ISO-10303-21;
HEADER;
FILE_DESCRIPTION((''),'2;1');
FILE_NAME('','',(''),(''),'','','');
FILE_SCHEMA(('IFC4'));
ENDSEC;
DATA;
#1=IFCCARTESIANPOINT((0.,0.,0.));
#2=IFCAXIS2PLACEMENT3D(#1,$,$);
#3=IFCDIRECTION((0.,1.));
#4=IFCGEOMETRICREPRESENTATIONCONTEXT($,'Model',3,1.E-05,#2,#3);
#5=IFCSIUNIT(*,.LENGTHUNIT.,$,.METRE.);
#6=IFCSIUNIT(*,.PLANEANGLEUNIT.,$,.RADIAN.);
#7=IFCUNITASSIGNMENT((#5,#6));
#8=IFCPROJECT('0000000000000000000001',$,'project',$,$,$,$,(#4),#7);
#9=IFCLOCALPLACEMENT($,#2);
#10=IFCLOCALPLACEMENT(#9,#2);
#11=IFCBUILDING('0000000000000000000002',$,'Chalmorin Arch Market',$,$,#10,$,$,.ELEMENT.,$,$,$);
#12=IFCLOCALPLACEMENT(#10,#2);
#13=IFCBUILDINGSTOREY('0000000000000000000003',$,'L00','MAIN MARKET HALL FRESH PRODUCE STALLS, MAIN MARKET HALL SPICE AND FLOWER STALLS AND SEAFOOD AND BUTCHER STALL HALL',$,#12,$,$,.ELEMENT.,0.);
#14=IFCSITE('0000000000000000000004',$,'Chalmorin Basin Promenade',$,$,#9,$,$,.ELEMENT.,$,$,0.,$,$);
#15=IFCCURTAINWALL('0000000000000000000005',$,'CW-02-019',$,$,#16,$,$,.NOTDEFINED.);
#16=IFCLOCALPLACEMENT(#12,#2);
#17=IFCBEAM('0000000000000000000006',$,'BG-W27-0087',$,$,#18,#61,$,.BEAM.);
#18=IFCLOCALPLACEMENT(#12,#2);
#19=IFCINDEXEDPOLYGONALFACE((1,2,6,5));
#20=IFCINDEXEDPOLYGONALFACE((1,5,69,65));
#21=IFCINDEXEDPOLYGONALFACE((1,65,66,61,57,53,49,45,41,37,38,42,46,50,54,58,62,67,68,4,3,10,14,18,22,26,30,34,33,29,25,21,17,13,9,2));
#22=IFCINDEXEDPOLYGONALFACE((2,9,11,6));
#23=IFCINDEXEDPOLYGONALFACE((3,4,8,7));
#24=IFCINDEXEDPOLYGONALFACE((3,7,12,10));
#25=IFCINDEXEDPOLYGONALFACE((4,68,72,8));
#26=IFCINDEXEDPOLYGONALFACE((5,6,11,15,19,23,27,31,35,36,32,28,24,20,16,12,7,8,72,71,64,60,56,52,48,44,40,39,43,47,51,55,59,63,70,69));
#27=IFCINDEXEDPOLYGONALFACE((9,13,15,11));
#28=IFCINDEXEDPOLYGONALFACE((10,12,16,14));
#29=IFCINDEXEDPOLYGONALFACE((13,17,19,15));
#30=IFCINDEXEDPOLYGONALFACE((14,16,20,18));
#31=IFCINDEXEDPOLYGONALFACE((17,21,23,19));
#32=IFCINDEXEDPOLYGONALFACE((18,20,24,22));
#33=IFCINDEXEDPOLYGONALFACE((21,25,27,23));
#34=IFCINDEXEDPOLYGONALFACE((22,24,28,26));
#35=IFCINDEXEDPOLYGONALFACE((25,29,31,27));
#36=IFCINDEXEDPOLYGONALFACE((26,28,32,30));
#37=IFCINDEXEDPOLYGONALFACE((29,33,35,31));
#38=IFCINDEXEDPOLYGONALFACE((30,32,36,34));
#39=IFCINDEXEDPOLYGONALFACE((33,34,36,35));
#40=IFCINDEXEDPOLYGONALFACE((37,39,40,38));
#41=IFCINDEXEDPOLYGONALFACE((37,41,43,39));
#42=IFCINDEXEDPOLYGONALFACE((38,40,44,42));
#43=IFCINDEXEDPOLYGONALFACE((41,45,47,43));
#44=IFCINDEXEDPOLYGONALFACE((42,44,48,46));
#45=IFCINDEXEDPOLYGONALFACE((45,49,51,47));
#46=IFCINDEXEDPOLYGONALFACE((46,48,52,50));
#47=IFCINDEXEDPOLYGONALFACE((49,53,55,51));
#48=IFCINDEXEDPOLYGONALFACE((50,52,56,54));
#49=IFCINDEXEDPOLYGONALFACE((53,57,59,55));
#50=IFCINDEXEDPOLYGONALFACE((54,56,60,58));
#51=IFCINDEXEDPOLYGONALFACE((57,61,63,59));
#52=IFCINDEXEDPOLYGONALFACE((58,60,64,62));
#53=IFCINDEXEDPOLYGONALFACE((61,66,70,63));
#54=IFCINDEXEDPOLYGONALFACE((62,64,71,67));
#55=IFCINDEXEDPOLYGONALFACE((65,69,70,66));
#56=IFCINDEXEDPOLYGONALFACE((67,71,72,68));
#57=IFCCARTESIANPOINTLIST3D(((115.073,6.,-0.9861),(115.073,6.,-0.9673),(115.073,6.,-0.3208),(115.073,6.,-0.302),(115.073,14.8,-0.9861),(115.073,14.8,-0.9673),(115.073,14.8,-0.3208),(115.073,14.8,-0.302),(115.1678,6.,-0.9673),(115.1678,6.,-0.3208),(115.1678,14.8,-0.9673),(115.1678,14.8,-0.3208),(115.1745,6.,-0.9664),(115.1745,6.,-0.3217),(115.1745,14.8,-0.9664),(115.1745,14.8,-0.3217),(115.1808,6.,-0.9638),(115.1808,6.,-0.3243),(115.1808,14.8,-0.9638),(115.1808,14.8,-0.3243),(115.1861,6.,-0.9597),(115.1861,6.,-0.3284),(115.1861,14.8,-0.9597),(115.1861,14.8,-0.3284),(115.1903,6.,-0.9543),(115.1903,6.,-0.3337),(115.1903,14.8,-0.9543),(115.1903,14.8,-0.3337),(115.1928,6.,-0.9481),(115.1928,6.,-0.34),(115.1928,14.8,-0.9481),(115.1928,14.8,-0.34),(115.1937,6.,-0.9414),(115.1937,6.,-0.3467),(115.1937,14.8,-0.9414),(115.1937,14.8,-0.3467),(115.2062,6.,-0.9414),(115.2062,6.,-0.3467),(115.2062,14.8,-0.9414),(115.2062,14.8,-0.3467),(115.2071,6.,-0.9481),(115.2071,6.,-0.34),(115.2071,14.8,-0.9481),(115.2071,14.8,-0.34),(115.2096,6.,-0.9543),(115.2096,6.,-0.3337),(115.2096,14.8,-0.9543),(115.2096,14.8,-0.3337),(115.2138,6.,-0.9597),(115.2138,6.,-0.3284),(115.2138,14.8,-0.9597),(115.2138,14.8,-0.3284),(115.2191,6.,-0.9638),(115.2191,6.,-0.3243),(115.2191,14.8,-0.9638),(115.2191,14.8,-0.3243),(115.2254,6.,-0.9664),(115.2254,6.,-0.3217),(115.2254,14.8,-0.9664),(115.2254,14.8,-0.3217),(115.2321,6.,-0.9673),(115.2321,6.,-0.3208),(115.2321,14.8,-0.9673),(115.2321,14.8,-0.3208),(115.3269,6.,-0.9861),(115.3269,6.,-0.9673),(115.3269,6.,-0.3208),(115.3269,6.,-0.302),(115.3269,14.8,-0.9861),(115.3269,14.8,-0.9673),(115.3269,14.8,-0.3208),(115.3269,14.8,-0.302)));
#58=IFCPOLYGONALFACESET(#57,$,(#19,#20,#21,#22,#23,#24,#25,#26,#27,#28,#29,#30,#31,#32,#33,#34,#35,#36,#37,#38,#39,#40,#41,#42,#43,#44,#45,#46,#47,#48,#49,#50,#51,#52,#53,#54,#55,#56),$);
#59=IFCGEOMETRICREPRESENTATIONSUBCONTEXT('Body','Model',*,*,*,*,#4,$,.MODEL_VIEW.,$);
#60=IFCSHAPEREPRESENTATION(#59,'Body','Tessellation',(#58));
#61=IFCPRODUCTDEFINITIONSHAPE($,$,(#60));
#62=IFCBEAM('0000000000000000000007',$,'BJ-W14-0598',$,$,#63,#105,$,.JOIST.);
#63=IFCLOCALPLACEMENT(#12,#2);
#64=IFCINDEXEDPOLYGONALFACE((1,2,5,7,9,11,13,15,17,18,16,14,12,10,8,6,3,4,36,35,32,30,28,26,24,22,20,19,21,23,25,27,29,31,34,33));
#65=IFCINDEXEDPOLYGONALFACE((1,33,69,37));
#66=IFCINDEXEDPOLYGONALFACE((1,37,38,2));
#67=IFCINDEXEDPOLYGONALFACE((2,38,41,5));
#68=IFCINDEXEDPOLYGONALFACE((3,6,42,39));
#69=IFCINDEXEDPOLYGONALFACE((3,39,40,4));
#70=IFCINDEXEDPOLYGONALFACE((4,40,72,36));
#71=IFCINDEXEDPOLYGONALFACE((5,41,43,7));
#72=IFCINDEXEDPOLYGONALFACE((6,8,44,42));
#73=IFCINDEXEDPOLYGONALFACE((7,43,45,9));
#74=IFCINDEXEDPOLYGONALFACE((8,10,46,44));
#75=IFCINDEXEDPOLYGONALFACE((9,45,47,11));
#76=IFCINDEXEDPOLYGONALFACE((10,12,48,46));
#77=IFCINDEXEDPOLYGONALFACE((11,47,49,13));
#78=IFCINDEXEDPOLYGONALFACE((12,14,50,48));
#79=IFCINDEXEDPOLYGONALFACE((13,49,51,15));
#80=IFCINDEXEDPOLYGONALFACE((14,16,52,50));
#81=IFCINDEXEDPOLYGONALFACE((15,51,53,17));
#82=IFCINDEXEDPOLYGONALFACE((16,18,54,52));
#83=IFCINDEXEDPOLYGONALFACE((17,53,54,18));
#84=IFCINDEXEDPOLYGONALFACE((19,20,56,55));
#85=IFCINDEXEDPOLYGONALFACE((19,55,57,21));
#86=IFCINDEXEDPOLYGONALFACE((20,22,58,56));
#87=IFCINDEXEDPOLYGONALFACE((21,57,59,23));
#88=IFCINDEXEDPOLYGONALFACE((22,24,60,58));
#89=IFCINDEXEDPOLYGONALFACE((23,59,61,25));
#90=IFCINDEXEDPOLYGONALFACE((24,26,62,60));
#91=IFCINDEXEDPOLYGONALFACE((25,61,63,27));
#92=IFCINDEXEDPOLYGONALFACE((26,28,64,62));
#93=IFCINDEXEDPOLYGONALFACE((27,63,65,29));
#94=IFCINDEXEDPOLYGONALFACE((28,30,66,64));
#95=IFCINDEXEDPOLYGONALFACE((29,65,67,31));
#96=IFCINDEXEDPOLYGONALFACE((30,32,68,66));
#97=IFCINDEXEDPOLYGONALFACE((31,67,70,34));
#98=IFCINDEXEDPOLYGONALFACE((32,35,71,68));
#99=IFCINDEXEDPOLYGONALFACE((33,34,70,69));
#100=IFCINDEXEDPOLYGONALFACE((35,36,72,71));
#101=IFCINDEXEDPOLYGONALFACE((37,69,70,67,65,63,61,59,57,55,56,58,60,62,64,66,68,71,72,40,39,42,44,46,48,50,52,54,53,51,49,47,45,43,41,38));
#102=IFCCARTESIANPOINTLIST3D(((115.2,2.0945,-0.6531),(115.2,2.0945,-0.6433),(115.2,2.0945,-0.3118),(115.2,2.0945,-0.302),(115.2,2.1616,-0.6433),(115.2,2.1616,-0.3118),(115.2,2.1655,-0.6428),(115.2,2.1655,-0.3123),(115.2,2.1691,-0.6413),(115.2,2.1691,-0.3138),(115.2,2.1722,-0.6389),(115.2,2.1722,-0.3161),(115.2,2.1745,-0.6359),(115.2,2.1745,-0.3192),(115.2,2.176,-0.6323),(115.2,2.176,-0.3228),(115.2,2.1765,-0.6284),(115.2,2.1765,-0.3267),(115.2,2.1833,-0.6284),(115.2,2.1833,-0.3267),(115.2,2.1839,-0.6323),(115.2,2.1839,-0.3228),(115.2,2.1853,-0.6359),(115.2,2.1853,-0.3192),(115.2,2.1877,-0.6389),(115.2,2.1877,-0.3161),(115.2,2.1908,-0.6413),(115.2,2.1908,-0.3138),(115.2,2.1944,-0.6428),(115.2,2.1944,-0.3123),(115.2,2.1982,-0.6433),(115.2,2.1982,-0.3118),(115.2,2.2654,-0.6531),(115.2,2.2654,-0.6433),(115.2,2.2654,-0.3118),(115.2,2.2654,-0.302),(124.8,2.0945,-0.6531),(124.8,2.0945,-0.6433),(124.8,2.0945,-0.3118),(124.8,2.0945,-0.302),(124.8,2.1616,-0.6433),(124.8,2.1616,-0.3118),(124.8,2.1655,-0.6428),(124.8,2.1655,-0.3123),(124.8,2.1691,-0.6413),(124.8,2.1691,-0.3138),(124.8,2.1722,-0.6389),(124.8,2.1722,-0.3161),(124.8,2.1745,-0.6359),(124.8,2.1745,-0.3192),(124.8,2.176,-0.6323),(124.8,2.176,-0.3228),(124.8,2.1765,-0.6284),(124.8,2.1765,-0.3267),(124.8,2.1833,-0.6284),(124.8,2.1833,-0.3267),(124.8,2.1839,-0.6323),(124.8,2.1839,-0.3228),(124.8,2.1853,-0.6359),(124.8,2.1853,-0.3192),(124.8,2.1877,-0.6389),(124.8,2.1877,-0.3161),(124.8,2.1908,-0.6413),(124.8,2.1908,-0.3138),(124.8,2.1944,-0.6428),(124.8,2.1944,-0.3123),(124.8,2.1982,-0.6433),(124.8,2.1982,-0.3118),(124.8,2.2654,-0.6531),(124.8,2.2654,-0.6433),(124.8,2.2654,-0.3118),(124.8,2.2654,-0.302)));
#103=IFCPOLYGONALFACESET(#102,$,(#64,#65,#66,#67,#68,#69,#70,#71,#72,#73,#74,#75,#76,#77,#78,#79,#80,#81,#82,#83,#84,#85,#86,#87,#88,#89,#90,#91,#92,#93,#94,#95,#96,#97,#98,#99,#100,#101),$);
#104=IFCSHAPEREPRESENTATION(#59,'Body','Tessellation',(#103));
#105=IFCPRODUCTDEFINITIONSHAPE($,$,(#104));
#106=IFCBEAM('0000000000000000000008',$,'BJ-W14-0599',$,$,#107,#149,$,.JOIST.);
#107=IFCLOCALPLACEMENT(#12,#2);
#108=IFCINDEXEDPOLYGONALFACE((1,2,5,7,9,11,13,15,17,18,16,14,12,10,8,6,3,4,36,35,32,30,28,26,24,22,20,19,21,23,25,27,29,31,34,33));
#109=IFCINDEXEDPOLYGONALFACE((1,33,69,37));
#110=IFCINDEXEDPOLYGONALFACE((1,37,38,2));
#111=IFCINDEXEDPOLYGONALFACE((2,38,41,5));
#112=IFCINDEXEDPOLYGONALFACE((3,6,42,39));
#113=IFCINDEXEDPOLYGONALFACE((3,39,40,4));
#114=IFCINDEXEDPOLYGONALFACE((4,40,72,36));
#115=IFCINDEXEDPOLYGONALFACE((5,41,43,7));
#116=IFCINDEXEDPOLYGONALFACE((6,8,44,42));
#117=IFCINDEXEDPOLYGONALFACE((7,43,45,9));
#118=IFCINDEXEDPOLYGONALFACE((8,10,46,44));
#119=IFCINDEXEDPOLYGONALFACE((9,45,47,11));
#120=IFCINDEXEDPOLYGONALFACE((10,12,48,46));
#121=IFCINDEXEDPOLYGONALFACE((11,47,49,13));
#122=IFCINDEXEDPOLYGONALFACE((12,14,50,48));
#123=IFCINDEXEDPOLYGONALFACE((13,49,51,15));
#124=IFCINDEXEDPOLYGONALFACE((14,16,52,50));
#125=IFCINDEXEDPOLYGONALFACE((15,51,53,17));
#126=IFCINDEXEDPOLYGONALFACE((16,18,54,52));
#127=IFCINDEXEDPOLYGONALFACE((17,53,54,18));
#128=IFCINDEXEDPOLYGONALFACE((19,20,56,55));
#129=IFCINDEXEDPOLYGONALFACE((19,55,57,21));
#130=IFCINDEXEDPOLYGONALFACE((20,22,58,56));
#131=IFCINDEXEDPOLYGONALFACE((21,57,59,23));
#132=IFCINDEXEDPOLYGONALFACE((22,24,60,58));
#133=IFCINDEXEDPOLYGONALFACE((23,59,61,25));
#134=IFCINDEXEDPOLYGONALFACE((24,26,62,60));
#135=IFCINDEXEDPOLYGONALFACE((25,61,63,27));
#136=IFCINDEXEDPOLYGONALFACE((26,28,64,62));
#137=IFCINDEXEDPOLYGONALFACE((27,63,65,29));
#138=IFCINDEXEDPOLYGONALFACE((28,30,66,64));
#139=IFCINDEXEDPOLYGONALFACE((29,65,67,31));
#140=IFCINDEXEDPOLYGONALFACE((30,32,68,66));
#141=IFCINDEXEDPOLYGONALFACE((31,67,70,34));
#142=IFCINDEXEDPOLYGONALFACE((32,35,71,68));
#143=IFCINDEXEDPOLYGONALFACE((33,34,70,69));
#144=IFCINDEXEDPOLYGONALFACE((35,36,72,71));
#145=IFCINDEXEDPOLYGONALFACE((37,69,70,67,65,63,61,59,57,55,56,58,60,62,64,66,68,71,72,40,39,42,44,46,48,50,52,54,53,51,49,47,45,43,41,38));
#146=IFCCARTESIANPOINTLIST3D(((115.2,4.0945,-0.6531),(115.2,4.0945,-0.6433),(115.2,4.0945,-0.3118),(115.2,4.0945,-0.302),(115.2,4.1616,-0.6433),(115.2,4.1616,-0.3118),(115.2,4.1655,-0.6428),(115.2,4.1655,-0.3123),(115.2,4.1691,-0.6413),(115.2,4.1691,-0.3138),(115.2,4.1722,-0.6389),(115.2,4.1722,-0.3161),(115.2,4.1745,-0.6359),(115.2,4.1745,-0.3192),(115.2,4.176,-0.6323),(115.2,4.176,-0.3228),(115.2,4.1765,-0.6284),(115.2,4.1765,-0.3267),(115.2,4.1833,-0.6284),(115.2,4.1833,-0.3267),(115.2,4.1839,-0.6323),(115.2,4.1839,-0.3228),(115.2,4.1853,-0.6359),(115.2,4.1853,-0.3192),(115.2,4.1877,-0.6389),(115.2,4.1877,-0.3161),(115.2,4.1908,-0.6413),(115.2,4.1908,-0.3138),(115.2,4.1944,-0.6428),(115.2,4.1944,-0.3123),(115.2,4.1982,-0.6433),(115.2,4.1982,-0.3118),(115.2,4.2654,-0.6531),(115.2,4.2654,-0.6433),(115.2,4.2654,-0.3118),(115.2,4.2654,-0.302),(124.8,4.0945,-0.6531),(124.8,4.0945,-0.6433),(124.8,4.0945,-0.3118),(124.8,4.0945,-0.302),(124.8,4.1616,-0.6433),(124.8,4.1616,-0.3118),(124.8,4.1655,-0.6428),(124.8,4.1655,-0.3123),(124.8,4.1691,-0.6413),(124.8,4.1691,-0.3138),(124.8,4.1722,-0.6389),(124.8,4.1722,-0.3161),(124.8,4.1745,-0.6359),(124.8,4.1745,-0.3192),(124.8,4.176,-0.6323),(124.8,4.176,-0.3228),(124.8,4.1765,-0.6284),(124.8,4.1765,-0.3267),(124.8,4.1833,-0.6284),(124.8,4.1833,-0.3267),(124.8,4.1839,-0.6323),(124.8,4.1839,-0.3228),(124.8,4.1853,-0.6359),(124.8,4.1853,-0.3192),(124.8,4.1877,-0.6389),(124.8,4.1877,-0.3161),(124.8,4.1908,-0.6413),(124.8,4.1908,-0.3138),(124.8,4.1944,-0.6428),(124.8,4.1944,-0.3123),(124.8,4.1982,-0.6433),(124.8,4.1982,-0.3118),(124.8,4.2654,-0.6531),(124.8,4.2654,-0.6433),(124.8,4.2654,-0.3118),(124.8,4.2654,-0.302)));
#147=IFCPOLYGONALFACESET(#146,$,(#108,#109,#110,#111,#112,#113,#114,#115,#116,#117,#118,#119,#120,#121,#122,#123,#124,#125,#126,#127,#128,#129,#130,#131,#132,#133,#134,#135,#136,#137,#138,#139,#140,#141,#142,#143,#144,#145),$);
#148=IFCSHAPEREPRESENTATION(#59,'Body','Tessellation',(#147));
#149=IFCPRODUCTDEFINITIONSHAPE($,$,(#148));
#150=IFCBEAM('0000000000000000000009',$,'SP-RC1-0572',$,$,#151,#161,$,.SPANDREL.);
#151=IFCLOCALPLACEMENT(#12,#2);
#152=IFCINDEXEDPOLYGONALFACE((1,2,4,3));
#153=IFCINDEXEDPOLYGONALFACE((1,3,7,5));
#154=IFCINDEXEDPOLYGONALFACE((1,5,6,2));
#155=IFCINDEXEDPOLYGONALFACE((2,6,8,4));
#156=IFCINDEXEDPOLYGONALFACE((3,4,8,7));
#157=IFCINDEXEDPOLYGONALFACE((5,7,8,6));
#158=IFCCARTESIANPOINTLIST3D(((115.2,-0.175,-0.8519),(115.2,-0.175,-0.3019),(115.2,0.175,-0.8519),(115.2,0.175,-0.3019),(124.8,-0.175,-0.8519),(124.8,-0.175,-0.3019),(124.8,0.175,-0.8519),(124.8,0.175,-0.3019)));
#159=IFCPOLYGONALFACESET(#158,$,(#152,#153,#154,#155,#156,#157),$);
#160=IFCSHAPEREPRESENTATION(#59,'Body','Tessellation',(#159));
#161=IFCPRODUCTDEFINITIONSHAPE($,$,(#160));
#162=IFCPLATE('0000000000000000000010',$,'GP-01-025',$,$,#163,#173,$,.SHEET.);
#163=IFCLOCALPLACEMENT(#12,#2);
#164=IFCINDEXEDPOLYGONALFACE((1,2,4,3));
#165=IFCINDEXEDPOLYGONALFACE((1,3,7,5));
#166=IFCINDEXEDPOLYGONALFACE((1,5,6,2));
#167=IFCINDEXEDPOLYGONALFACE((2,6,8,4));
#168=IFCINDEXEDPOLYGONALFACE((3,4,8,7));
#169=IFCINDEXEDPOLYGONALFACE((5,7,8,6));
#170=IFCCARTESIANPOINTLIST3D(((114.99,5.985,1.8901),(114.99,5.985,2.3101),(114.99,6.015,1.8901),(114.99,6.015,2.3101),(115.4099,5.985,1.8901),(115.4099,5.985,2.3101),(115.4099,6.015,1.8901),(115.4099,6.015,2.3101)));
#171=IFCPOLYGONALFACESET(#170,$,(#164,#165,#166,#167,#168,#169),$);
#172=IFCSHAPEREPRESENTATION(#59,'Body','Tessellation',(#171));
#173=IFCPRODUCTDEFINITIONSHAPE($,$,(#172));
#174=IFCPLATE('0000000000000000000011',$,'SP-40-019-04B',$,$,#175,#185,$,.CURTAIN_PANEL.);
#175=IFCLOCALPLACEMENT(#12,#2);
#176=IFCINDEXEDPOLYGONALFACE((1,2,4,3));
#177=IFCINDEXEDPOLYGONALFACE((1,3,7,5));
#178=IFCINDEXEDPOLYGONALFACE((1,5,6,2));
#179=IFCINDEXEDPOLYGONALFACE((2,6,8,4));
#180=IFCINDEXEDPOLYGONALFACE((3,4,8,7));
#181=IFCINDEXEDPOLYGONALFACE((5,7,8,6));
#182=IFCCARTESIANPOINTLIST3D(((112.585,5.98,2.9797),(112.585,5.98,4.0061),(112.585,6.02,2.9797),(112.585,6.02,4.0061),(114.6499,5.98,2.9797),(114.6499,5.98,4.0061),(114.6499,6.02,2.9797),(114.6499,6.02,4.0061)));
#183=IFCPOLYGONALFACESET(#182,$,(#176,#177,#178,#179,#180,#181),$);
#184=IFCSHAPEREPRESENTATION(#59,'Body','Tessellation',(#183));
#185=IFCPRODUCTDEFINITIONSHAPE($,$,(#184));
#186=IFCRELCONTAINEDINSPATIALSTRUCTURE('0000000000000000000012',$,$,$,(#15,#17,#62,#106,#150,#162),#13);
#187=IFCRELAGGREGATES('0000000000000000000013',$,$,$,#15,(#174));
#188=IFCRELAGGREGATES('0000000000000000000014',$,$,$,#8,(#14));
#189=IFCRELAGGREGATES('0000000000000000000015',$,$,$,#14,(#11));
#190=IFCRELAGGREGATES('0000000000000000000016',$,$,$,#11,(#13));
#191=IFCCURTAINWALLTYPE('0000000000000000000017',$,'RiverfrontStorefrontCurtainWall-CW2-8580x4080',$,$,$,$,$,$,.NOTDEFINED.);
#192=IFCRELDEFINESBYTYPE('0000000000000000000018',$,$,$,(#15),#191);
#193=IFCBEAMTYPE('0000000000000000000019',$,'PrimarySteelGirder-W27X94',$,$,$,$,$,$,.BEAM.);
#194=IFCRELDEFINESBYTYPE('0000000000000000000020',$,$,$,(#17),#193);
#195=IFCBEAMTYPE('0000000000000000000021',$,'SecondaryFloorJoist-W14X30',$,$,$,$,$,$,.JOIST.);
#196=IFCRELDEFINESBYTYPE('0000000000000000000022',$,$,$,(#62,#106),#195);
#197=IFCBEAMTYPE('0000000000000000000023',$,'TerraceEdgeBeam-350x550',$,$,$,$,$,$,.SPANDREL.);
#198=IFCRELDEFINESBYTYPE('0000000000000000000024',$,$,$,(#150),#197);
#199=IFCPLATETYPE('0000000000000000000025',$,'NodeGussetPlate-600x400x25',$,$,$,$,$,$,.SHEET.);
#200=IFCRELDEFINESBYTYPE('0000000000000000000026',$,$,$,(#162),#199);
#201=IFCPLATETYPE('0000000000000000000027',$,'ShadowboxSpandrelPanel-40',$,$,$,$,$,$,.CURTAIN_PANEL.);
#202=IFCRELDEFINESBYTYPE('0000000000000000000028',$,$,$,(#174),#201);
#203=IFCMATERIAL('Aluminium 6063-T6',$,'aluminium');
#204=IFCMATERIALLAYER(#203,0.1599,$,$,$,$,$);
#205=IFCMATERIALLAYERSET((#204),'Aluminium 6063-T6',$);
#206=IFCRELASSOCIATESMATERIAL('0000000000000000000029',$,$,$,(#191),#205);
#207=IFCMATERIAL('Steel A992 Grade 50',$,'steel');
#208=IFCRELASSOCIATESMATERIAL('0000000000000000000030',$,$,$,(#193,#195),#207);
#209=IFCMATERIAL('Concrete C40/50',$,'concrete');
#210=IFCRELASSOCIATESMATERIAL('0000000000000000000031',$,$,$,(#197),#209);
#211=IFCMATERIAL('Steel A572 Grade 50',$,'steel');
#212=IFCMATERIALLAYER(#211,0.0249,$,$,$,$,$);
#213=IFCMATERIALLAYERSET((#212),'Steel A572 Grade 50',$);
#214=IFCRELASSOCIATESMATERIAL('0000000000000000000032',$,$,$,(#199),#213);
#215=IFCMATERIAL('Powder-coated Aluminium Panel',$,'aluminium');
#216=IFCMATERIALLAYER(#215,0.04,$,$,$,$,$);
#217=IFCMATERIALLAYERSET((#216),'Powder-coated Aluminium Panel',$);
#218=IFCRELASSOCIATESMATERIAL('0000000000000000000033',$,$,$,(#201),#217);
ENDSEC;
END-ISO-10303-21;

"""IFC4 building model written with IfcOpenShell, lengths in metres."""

from ifc_helpers import new_model, si_unit, direction, frame, origin, origin_2d, place, context, subcontext, project, spatial, rectangle, i_section, extrude, material, layer, layer_set, material_profile, profile_set, type_object, element, aggregate, save


model = new_model("IFC4")

# Units and contexts
model_context = context("Model", 3, precision=1e-05, world=origin(), true_north=direction((0.0, 1.0)))
body_context = subcontext(model_context, "Body", "Model", "MODEL_VIEW")
ifc_project = project(units=[si_unit("LENGTHUNIT", "METRE"), si_unit("PLANEANGLEUNIT", "RADIAN")], contexts=[model_context])

# Site, building, storey
site_placement = place(None, origin())
site = spatial("IfcSite", under=ifc_project, at=site_placement, Name="Chalmorin Basin Promenade", CompositionType="ELEMENT", RefElevation=0.0)
building_placement = place(site_placement, origin())
building = spatial("IfcBuilding", under=site, at=building_placement, Name="Chalmorin Arch Market", CompositionType="ELEMENT")
storey_placement = place(building_placement, origin())
storey = spatial("IfcBuildingStorey", under=building, at=storey_placement, Name="L00", Description="MAIN MARKET HALL FRESH PRODUCE STALLS, MAIN MARKET HALL SPICE AND FLOWER STALLS AND SEAFOOD AND BUTCHER STALL HALL", CompositionType="ELEMENT", Elevation=0.0)

# Shared definitions
ifc_material_1 = material(Name="Concrete C40/50", Category="concrete")

# Curtain wall
ifc_material_2 = material(Name="Aluminium 6063-T6", Category="aluminium")
ifc_layer_1 = layer(ifc_material_2, 0.1599)
ifc_layer_set_1 = layer_set([ifc_layer_1], Name="Aluminium 6063-T6")
curtain_wall_type = type_object("IfcCurtainWallType", Name="RiverfrontStorefrontCurtainWall-CW2-8580x4080", PredefinedType="NOTDEFINED", material=ifc_layer_set_1)
curtain_wall_placement = place(storey_placement, origin())
curtain_wall = element("IfcCurtainWall", 1, at=curtain_wall_placement, inside=storey, type_object=curtain_wall_type, Name="CW-02-019", PredefinedType="NOTDEFINED")

# Beams
ifc_material_3 = material(Name="Steel A992 Grade 50", Category="steel")
ifc_material_profile_1 = material_profile(ifc_material_3, i_section(OverallWidth=0.2539, OverallDepth=0.6841, WebThickness=0.0125, FlangeThickness=0.0188, FilletRadius=0.0259, at=origin_2d()), Name="W27X94")
ifc_profile_set_1 = profile_set([ifc_material_profile_1], Name="Steel A992 Grade 50")
beam_type_1 = type_object("IfcBeamType", Name="PrimarySteelGirder-W27X94", PredefinedType="BEAM", material=ifc_profile_set_1)
beam_1_placement = place(storey_placement, frame((115.2, 6.0, -0.644), z_axis=(0.0, 1.0, 0.0), x_axis=(-1.0, 0.0, 0.0)))
element("IfcBeam", 2, at=beam_1_placement, inside=storey, type_object=beam_type_1, Name="BG-W27-0087", PredefinedType="BEAM", context=body_context, shape_type="SweptSolid", body=[
    extrude(i_section(OverallWidth=0.2539, OverallDepth=0.6841, WebThickness=0.0125, FlangeThickness=0.0188, FilletRadius=0.0259, at=origin_2d()), origin(), (0.0, 0.0, 1.0), 8.8),
])
ifc_material_profile_2 = material_profile(ifc_material_3, i_section(OverallWidth=0.1709, OverallDepth=0.3511, WebThickness=0.0068, FlangeThickness=0.0098, FilletRadius=0.0149, at=origin_2d()), Name="W14X30")
ifc_profile_set_2 = profile_set([ifc_material_profile_2], Name="Steel A992 Grade 50")
beam_type_2 = type_object("IfcBeamType", Name="SecondaryFloorJoist-W14X30", PredefinedType="JOIST", material=ifc_profile_set_2)
for number, where, z_axis, x_axis, name in (
    (3, (115.2, 2.1799, -0.4775), (1.0, 0.0, 0.0), (0.0, 1.0, 0.0), "BJ-W14-0598"),
    (4, (115.2, 4.1799, -0.4775), (1.0, 0.0, 0.0), (0.0, 1.0, 0.0), "BJ-W14-0599"),
):
    element("IfcBeam", number, at=place(storey_placement, frame(where, z_axis=z_axis, x_axis=x_axis)), inside=storey, type_object=beam_type_2, Name=name, PredefinedType="JOIST", context=body_context, shape_type="SweptSolid", body=[
        extrude(i_section(OverallWidth=0.1709, OverallDepth=0.3511, WebThickness=0.0068, FlangeThickness=0.0098, FilletRadius=0.0149, at=origin_2d()), origin(), (0.0, 0.0, 1.0), 9.6001),
    ])
ifc_material_profile_3 = material_profile(ifc_material_1, rectangle(XDim=0.3501, YDim=0.55, at=origin_2d()), Name="RC350X550")
ifc_profile_set_3 = profile_set([ifc_material_profile_3], Name="Concrete C40/50")
beam_type_3 = type_object("IfcBeamType", Name="TerraceEdgeBeam-350x550", PredefinedType="SPANDREL", material=ifc_profile_set_3)
beam_2_placement = place(storey_placement, frame((115.2, 0.0, -0.5769), z_axis=(1.0, 0.0, 0.0), x_axis=(0.0, 1.0, 0.0)))
element("IfcBeam", 5, at=beam_2_placement, inside=storey, type_object=beam_type_3, Name="SP-RC1-0572", PredefinedType="SPANDREL", context=body_context, shape_type="SweptSolid", body=[
    extrude(rectangle(XDim=0.3501, YDim=0.55, at=origin_2d()), origin(), (0.0, 0.0, 1.0), 9.6001),
])

# Plates
ifc_material_4 = material(Name="Steel A572 Grade 50", Category="steel")
ifc_layer_2 = layer(ifc_material_4, 0.0249)
ifc_layer_set_2 = layer_set([ifc_layer_2], Name="Steel A572 Grade 50")
plate_type_1 = type_object("IfcPlateType", Name="NodeGussetPlate-600x400x25", PredefinedType="SHEET", material=ifc_layer_set_2)
plate_1_placement = place(storey_placement, frame((115.2, 6.0, 1.8901), z_axis=(0.0, 0.0, 1.0), x_axis=(1.0, 0.0, 0.0)))
element("IfcPlate", 6, at=plate_1_placement, inside=storey, type_object=plate_type_1, Name="GP-01-025", PredefinedType="SHEET", context=body_context, shape_type="SweptSolid", body=[
    extrude(rectangle(XDim=0.4199, YDim=0.03, at=origin_2d()), origin(), (0.0, 0.0, 1.0), 0.4199),
])
ifc_material_5 = material(Name="Powder-coated Aluminium Panel", Category="aluminium")
ifc_layer_3 = layer(ifc_material_5, 0.04)
ifc_layer_set_3 = layer_set([ifc_layer_3], Name="Powder-coated Aluminium Panel")
plate_type_2 = type_object("IfcPlateType", Name="ShadowboxSpandrelPanel-40", PredefinedType="CURTAIN_PANEL", material=ifc_layer_set_3)
plate_2_placement = place(storey_placement, frame((113.6174, 6.0, 2.9797), z_axis=(0.0, 0.0, 1.0), x_axis=(1.0, 0.0, 0.0)))
plate_2 = element("IfcPlate", 7, at=plate_2_placement, type_object=plate_type_2, Name="SP-40-019-04B", PredefinedType="CURTAIN_PANEL", context=body_context, shape_type="SweptSolid", body=[
    extrude(rectangle(XDim=2.0649, YDim=0.04, at=origin_2d()), origin(), (0.0, 0.0, 1.0), 1.0264),
])
aggregate(curtain_wall, [plate_2])

save(model, "model.ifc")
